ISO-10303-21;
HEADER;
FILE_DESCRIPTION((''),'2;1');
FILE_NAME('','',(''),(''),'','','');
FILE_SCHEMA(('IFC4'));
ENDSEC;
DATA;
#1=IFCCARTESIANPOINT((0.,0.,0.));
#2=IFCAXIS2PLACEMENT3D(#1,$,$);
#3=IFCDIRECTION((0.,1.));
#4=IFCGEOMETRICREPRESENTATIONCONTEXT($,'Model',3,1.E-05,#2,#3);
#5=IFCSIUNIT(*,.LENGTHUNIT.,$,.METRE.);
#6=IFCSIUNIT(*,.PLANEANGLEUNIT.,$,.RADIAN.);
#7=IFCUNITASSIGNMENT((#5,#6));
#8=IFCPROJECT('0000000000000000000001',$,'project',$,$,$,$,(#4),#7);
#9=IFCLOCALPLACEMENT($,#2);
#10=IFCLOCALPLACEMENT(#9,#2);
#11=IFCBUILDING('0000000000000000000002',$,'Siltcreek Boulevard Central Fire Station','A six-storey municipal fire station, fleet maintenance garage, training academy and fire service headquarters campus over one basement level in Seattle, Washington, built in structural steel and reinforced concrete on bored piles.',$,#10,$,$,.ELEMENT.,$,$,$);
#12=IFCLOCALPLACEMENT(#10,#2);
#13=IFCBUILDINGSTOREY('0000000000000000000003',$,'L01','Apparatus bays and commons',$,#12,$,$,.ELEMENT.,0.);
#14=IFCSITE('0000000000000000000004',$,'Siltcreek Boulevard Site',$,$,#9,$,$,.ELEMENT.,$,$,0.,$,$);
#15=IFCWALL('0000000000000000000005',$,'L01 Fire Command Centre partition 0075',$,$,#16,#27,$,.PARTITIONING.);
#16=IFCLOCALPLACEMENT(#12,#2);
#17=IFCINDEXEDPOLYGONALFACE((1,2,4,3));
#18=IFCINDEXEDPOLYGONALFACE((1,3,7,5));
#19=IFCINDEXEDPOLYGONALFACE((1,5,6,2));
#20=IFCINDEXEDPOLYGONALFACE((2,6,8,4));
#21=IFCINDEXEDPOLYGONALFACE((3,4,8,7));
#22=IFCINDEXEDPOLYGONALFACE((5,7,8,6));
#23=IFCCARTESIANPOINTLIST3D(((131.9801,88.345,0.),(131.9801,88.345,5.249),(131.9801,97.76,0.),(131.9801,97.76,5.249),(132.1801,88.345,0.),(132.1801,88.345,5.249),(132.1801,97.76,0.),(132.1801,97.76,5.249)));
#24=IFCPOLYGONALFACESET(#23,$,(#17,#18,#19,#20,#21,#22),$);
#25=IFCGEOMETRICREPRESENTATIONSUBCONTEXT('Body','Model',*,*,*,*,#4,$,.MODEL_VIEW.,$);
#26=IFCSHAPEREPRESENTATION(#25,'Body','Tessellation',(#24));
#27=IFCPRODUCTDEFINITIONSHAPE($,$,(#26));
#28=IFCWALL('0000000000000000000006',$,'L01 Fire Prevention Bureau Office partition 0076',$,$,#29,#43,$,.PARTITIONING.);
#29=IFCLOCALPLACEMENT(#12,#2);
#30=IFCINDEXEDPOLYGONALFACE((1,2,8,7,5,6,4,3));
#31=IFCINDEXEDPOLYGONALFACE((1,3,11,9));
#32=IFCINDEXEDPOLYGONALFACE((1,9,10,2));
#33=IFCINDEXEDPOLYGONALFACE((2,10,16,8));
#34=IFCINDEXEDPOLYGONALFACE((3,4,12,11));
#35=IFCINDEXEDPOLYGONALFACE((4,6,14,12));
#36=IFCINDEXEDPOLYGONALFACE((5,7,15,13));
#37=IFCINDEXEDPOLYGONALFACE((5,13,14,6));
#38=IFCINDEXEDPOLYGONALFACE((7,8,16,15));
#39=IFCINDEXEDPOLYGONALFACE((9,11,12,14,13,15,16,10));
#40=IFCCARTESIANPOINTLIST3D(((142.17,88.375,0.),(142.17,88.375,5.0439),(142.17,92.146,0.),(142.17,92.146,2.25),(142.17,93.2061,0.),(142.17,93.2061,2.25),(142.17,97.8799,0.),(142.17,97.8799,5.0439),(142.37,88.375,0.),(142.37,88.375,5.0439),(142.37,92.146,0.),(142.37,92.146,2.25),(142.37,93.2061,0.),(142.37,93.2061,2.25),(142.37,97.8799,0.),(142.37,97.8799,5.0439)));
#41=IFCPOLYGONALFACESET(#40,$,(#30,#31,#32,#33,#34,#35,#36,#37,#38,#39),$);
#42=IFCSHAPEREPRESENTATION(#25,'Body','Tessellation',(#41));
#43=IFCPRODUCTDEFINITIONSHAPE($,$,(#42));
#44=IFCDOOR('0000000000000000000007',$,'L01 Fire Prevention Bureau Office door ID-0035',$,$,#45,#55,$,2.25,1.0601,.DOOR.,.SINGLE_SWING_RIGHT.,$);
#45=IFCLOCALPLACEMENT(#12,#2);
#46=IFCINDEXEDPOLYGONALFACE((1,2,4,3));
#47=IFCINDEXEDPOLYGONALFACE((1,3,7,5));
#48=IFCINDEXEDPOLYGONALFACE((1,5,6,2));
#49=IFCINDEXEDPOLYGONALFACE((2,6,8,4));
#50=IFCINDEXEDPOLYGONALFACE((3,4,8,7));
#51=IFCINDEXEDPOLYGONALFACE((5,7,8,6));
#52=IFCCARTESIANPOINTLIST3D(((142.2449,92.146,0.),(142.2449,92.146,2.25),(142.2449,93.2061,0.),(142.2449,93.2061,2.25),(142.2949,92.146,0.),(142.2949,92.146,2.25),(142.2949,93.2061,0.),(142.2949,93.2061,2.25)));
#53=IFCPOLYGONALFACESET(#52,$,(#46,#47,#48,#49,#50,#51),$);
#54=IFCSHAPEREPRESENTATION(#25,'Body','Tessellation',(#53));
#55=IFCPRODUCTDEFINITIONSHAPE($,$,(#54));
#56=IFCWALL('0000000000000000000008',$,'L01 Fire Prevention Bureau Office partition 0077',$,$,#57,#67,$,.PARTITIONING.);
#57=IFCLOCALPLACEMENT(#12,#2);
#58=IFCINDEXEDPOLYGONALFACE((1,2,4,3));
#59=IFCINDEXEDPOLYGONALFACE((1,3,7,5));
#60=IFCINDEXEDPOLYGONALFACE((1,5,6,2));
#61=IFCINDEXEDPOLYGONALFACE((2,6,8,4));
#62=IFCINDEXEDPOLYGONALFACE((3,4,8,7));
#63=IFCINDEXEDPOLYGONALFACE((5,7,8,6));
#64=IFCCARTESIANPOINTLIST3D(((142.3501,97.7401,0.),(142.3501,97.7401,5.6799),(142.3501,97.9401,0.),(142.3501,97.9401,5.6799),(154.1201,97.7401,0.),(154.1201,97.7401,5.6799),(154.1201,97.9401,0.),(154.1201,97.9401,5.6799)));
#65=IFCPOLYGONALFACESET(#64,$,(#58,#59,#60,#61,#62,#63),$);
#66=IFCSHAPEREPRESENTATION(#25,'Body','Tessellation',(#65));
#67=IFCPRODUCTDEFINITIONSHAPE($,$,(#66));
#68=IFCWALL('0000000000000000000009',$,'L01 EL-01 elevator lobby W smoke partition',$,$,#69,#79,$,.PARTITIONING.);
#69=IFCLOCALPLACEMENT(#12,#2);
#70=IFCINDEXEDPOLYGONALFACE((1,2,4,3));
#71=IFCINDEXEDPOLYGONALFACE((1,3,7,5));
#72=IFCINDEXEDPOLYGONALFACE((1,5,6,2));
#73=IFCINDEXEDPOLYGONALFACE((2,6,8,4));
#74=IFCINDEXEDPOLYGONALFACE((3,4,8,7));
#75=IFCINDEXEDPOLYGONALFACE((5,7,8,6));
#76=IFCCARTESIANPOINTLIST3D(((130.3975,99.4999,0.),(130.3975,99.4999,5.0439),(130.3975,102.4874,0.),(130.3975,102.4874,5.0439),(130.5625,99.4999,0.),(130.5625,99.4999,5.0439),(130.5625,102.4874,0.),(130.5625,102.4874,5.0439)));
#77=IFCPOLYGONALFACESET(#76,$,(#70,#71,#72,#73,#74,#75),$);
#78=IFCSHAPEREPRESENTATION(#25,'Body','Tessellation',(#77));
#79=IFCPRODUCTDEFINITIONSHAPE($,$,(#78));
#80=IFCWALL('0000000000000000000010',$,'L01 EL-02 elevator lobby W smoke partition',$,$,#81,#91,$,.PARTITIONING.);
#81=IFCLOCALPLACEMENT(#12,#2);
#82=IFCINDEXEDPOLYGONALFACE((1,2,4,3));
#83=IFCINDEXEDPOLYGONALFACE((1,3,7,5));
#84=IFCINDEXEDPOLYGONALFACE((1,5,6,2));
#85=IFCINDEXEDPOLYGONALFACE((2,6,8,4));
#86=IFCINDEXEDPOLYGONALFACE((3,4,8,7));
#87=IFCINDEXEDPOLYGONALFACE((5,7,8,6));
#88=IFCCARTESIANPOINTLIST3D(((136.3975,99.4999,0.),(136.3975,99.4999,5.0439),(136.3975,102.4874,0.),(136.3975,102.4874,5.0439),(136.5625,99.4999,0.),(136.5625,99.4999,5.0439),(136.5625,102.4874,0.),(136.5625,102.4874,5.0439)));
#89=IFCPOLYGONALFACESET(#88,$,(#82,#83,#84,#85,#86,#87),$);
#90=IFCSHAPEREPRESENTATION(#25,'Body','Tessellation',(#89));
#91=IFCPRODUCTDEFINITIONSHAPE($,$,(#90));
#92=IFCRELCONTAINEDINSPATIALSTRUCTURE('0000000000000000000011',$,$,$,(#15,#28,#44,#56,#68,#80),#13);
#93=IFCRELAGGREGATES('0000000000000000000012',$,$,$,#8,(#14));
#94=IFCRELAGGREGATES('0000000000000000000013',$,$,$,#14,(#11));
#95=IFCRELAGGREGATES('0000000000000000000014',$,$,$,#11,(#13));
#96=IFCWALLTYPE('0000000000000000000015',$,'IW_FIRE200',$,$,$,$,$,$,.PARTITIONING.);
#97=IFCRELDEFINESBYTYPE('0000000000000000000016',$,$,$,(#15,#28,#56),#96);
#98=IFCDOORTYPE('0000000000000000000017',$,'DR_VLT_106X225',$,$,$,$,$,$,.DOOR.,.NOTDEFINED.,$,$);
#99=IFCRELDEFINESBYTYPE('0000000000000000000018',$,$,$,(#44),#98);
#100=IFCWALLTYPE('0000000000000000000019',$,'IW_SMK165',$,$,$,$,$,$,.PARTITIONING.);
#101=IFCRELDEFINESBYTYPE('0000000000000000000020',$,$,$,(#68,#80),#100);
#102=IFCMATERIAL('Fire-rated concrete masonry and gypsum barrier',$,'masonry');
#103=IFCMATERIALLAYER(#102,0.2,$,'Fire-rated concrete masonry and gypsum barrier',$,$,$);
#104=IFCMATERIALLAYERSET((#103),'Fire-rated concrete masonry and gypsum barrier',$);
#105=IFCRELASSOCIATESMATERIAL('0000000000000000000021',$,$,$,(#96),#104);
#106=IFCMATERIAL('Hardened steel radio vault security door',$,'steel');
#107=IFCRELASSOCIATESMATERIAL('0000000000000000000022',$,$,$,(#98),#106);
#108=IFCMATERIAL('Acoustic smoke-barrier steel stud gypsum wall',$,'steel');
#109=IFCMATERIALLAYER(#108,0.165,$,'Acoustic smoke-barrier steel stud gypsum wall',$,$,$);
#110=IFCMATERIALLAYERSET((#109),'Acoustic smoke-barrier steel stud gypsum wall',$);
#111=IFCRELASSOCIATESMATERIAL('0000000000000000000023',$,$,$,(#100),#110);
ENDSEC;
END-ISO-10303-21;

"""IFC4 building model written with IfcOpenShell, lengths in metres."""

from ifc_helpers import new_model, si_unit, direction, frame, frame_2d, origin, place, context, subcontext, project, spatial, rectangle, extrude, material, layer, layer_set, type_object, element, fill, save


model = new_model("IFC4")

# Units and contexts
model_context = context("Model", 3, precision=1e-05, world=origin(), true_north=direction((0.0, 1.0)))
body_context = subcontext(model_context, "Body", "Model", "MODEL_VIEW")
ifc_project = project(units=[si_unit("LENGTHUNIT", "METRE"), si_unit("PLANEANGLEUNIT", "RADIAN")], contexts=[model_context])

# Site, building, storey
site_placement = place(None, origin())
site = spatial("IfcSite", under=ifc_project, at=site_placement, Name="Siltcreek Boulevard Site", CompositionType="ELEMENT", RefElevation=0.0)
building_placement = place(site_placement, origin())
building = spatial("IfcBuilding", under=site, at=building_placement, Name="Siltcreek Boulevard Central Fire Station", Description="A six-storey municipal fire station, fleet maintenance garage, training academy and fire service headquarters campus over one basement level in Seattle, Washington, built in structural steel and reinforced concrete on bored piles.", CompositionType="ELEMENT")
storey_placement = place(building_placement, origin())
storey = spatial("IfcBuildingStorey", under=building, at=storey_placement, Name="L01", Description="Apparatus bays and commons", CompositionType="ELEMENT", Elevation=0.0)

# Wall
ifc_material_1 = material(Name="Fire-rated concrete masonry and gypsum barrier", Category="masonry")
ifc_layer_1 = layer(ifc_material_1, 0.2, Name="Fire-rated concrete masonry and gypsum barrier")
ifc_layer_set_1 = layer_set([ifc_layer_1], Name="Fire-rated concrete masonry and gypsum barrier")
wall_type_1 = type_object("IfcWallType", Name="IW_FIRE200", PredefinedType="PARTITIONING", material=ifc_layer_set_1)
wall_1_placement = place(storey_placement, frame((132.0801, 97.76, 0.0), z_axis=(0.0, 0.0, 1.0), x_axis=(0.0, -1.0, 0.0)))
element("IfcWall", 1, at=wall_1_placement, inside=storey, type_object=wall_type_1, Name="L01 Fire Command Centre partition 0075", PredefinedType="PARTITIONING", context=body_context, shape_type="SweptSolid", body=[
    extrude(rectangle(XDim=9.415, YDim=0.2, at=frame_2d((4.7075, 0.0))), origin(), (0.0, 0.0, 1.0), 5.249),
])

# Wall, opening, door
wall_2_placement = place(storey_placement, frame((142.27, 88.375, 0.0), z_axis=(0.0, 0.0, 1.0), x_axis=(0.0, 1.0, 0.0)))
wall_2 = element("IfcWall", 2, at=wall_2_placement, inside=storey, type_object=wall_type_1, Name="L01 Fire Prevention Bureau Office partition 0076", PredefinedType="PARTITIONING", context=body_context, shape_type="SweptSolid", body=[
    extrude(rectangle(XDim=9.5049, YDim=0.2, at=frame_2d((4.7524, 0.0))), origin(), (0.0, 0.0, 1.0), 5.0439),
])
opening_1_placement = place(wall_2_placement, frame((3.771, 0.0, 0.0)))
opening_1 = element("IfcOpeningElement", 3, at=opening_1_placement, cuts=wall_2, PredefinedType="OPENING", context=body_context, shape_type="SweptSolid", body=[
    extrude(rectangle(XDim=1.0601, YDim=2.25, at=frame_2d((0.53, 1.125))), frame((0.0, 0.1099, 0.0), z_axis=(0.0, -1.0, 0.0), x_axis=(1.0, 0.0, 0.0)), (0.0, 0.0, 1.0), 0.22),
])
ifc_material_2 = material(Name="Hardened steel radio vault security door", Category="steel")
door_type_1 = type_object("IfcDoorType", Name="DR_VLT_106X225", OperationType="NOTDEFINED", PredefinedType="DOOR", material=ifc_material_2)
door_1_placement = place(opening_1_placement, frame((1.0601, 0.0, 0.0), z_axis=(0.0, 0.0, 1.0), x_axis=(-1.0, 0.0, 0.0)))
door_1 = element("IfcDoor", 4, at=door_1_placement, inside=storey, type_object=door_type_1, Name="L01 Fire Prevention Bureau Office door ID-0035", OperationType="SINGLE_SWING_RIGHT", OverallHeight=2.25, OverallWidth=1.0601, PredefinedType="DOOR", context=body_context, shape_type="SweptSolid", body=[
    extrude(rectangle(XDim=1.0601, YDim=2.25, at=frame_2d((0.53, 1.125))), frame((0.0, 0.0249, 0.0), z_axis=(0.0, -1.0, 0.0), x_axis=(1.0, 0.0, 0.0)), (0.0, 0.0, 1.0), 0.05),
])
fill(opening_1, door_1)

# Walls
wall_3_placement = place(storey_placement, frame((142.3501, 97.8401, 0.0), z_axis=(0.0, 0.0, 1.0), x_axis=(1.0, 0.0, 0.0)))
element("IfcWall", 5, at=wall_3_placement, inside=storey, type_object=wall_type_1, Name="L01 Fire Prevention Bureau Office partition 0077", PredefinedType="PARTITIONING", context=body_context, shape_type="SweptSolid", body=[
    extrude(rectangle(XDim=11.77, YDim=0.2, at=frame_2d((5.885, 0.0))), origin(), (0.0, 0.0, 1.0), 5.6799),
])
ifc_material_3 = material(Name="Acoustic smoke-barrier steel stud gypsum wall", Category="steel")
ifc_layer_2 = layer(ifc_material_3, 0.165, Name="Acoustic smoke-barrier steel stud gypsum wall")
ifc_layer_set_2 = layer_set([ifc_layer_2], Name="Acoustic smoke-barrier steel stud gypsum wall")
wall_type_2 = type_object("IfcWallType", Name="IW_SMK165", PredefinedType="PARTITIONING", material=ifc_layer_set_2)
for number, where, z_axis, x_axis, name in (
    (6, (130.48, 99.5, 0.0), (0.0, 0.0, 1.0), (0.0, 1.0, 0.0), "L01 EL-01 elevator lobby W smoke partition"),
    (7, (136.48, 99.5, 0.0), (0.0, 0.0, 1.0), (0.0, 1.0, 0.0), "L01 EL-02 elevator lobby W smoke partition"),
):
    element("IfcWall", number, at=place(storey_placement, frame(where, z_axis=z_axis, x_axis=x_axis)), inside=storey, type_object=wall_type_2, Name=name, PredefinedType="PARTITIONING", context=body_context, shape_type="SweptSolid", body=[
        extrude(rectangle(XDim=2.9875, YDim=0.165, at=frame_2d((1.4937, 0.0))), origin(), (0.0, 0.0, 1.0), 5.0439),
    ])

save(model, "model.ifc")
